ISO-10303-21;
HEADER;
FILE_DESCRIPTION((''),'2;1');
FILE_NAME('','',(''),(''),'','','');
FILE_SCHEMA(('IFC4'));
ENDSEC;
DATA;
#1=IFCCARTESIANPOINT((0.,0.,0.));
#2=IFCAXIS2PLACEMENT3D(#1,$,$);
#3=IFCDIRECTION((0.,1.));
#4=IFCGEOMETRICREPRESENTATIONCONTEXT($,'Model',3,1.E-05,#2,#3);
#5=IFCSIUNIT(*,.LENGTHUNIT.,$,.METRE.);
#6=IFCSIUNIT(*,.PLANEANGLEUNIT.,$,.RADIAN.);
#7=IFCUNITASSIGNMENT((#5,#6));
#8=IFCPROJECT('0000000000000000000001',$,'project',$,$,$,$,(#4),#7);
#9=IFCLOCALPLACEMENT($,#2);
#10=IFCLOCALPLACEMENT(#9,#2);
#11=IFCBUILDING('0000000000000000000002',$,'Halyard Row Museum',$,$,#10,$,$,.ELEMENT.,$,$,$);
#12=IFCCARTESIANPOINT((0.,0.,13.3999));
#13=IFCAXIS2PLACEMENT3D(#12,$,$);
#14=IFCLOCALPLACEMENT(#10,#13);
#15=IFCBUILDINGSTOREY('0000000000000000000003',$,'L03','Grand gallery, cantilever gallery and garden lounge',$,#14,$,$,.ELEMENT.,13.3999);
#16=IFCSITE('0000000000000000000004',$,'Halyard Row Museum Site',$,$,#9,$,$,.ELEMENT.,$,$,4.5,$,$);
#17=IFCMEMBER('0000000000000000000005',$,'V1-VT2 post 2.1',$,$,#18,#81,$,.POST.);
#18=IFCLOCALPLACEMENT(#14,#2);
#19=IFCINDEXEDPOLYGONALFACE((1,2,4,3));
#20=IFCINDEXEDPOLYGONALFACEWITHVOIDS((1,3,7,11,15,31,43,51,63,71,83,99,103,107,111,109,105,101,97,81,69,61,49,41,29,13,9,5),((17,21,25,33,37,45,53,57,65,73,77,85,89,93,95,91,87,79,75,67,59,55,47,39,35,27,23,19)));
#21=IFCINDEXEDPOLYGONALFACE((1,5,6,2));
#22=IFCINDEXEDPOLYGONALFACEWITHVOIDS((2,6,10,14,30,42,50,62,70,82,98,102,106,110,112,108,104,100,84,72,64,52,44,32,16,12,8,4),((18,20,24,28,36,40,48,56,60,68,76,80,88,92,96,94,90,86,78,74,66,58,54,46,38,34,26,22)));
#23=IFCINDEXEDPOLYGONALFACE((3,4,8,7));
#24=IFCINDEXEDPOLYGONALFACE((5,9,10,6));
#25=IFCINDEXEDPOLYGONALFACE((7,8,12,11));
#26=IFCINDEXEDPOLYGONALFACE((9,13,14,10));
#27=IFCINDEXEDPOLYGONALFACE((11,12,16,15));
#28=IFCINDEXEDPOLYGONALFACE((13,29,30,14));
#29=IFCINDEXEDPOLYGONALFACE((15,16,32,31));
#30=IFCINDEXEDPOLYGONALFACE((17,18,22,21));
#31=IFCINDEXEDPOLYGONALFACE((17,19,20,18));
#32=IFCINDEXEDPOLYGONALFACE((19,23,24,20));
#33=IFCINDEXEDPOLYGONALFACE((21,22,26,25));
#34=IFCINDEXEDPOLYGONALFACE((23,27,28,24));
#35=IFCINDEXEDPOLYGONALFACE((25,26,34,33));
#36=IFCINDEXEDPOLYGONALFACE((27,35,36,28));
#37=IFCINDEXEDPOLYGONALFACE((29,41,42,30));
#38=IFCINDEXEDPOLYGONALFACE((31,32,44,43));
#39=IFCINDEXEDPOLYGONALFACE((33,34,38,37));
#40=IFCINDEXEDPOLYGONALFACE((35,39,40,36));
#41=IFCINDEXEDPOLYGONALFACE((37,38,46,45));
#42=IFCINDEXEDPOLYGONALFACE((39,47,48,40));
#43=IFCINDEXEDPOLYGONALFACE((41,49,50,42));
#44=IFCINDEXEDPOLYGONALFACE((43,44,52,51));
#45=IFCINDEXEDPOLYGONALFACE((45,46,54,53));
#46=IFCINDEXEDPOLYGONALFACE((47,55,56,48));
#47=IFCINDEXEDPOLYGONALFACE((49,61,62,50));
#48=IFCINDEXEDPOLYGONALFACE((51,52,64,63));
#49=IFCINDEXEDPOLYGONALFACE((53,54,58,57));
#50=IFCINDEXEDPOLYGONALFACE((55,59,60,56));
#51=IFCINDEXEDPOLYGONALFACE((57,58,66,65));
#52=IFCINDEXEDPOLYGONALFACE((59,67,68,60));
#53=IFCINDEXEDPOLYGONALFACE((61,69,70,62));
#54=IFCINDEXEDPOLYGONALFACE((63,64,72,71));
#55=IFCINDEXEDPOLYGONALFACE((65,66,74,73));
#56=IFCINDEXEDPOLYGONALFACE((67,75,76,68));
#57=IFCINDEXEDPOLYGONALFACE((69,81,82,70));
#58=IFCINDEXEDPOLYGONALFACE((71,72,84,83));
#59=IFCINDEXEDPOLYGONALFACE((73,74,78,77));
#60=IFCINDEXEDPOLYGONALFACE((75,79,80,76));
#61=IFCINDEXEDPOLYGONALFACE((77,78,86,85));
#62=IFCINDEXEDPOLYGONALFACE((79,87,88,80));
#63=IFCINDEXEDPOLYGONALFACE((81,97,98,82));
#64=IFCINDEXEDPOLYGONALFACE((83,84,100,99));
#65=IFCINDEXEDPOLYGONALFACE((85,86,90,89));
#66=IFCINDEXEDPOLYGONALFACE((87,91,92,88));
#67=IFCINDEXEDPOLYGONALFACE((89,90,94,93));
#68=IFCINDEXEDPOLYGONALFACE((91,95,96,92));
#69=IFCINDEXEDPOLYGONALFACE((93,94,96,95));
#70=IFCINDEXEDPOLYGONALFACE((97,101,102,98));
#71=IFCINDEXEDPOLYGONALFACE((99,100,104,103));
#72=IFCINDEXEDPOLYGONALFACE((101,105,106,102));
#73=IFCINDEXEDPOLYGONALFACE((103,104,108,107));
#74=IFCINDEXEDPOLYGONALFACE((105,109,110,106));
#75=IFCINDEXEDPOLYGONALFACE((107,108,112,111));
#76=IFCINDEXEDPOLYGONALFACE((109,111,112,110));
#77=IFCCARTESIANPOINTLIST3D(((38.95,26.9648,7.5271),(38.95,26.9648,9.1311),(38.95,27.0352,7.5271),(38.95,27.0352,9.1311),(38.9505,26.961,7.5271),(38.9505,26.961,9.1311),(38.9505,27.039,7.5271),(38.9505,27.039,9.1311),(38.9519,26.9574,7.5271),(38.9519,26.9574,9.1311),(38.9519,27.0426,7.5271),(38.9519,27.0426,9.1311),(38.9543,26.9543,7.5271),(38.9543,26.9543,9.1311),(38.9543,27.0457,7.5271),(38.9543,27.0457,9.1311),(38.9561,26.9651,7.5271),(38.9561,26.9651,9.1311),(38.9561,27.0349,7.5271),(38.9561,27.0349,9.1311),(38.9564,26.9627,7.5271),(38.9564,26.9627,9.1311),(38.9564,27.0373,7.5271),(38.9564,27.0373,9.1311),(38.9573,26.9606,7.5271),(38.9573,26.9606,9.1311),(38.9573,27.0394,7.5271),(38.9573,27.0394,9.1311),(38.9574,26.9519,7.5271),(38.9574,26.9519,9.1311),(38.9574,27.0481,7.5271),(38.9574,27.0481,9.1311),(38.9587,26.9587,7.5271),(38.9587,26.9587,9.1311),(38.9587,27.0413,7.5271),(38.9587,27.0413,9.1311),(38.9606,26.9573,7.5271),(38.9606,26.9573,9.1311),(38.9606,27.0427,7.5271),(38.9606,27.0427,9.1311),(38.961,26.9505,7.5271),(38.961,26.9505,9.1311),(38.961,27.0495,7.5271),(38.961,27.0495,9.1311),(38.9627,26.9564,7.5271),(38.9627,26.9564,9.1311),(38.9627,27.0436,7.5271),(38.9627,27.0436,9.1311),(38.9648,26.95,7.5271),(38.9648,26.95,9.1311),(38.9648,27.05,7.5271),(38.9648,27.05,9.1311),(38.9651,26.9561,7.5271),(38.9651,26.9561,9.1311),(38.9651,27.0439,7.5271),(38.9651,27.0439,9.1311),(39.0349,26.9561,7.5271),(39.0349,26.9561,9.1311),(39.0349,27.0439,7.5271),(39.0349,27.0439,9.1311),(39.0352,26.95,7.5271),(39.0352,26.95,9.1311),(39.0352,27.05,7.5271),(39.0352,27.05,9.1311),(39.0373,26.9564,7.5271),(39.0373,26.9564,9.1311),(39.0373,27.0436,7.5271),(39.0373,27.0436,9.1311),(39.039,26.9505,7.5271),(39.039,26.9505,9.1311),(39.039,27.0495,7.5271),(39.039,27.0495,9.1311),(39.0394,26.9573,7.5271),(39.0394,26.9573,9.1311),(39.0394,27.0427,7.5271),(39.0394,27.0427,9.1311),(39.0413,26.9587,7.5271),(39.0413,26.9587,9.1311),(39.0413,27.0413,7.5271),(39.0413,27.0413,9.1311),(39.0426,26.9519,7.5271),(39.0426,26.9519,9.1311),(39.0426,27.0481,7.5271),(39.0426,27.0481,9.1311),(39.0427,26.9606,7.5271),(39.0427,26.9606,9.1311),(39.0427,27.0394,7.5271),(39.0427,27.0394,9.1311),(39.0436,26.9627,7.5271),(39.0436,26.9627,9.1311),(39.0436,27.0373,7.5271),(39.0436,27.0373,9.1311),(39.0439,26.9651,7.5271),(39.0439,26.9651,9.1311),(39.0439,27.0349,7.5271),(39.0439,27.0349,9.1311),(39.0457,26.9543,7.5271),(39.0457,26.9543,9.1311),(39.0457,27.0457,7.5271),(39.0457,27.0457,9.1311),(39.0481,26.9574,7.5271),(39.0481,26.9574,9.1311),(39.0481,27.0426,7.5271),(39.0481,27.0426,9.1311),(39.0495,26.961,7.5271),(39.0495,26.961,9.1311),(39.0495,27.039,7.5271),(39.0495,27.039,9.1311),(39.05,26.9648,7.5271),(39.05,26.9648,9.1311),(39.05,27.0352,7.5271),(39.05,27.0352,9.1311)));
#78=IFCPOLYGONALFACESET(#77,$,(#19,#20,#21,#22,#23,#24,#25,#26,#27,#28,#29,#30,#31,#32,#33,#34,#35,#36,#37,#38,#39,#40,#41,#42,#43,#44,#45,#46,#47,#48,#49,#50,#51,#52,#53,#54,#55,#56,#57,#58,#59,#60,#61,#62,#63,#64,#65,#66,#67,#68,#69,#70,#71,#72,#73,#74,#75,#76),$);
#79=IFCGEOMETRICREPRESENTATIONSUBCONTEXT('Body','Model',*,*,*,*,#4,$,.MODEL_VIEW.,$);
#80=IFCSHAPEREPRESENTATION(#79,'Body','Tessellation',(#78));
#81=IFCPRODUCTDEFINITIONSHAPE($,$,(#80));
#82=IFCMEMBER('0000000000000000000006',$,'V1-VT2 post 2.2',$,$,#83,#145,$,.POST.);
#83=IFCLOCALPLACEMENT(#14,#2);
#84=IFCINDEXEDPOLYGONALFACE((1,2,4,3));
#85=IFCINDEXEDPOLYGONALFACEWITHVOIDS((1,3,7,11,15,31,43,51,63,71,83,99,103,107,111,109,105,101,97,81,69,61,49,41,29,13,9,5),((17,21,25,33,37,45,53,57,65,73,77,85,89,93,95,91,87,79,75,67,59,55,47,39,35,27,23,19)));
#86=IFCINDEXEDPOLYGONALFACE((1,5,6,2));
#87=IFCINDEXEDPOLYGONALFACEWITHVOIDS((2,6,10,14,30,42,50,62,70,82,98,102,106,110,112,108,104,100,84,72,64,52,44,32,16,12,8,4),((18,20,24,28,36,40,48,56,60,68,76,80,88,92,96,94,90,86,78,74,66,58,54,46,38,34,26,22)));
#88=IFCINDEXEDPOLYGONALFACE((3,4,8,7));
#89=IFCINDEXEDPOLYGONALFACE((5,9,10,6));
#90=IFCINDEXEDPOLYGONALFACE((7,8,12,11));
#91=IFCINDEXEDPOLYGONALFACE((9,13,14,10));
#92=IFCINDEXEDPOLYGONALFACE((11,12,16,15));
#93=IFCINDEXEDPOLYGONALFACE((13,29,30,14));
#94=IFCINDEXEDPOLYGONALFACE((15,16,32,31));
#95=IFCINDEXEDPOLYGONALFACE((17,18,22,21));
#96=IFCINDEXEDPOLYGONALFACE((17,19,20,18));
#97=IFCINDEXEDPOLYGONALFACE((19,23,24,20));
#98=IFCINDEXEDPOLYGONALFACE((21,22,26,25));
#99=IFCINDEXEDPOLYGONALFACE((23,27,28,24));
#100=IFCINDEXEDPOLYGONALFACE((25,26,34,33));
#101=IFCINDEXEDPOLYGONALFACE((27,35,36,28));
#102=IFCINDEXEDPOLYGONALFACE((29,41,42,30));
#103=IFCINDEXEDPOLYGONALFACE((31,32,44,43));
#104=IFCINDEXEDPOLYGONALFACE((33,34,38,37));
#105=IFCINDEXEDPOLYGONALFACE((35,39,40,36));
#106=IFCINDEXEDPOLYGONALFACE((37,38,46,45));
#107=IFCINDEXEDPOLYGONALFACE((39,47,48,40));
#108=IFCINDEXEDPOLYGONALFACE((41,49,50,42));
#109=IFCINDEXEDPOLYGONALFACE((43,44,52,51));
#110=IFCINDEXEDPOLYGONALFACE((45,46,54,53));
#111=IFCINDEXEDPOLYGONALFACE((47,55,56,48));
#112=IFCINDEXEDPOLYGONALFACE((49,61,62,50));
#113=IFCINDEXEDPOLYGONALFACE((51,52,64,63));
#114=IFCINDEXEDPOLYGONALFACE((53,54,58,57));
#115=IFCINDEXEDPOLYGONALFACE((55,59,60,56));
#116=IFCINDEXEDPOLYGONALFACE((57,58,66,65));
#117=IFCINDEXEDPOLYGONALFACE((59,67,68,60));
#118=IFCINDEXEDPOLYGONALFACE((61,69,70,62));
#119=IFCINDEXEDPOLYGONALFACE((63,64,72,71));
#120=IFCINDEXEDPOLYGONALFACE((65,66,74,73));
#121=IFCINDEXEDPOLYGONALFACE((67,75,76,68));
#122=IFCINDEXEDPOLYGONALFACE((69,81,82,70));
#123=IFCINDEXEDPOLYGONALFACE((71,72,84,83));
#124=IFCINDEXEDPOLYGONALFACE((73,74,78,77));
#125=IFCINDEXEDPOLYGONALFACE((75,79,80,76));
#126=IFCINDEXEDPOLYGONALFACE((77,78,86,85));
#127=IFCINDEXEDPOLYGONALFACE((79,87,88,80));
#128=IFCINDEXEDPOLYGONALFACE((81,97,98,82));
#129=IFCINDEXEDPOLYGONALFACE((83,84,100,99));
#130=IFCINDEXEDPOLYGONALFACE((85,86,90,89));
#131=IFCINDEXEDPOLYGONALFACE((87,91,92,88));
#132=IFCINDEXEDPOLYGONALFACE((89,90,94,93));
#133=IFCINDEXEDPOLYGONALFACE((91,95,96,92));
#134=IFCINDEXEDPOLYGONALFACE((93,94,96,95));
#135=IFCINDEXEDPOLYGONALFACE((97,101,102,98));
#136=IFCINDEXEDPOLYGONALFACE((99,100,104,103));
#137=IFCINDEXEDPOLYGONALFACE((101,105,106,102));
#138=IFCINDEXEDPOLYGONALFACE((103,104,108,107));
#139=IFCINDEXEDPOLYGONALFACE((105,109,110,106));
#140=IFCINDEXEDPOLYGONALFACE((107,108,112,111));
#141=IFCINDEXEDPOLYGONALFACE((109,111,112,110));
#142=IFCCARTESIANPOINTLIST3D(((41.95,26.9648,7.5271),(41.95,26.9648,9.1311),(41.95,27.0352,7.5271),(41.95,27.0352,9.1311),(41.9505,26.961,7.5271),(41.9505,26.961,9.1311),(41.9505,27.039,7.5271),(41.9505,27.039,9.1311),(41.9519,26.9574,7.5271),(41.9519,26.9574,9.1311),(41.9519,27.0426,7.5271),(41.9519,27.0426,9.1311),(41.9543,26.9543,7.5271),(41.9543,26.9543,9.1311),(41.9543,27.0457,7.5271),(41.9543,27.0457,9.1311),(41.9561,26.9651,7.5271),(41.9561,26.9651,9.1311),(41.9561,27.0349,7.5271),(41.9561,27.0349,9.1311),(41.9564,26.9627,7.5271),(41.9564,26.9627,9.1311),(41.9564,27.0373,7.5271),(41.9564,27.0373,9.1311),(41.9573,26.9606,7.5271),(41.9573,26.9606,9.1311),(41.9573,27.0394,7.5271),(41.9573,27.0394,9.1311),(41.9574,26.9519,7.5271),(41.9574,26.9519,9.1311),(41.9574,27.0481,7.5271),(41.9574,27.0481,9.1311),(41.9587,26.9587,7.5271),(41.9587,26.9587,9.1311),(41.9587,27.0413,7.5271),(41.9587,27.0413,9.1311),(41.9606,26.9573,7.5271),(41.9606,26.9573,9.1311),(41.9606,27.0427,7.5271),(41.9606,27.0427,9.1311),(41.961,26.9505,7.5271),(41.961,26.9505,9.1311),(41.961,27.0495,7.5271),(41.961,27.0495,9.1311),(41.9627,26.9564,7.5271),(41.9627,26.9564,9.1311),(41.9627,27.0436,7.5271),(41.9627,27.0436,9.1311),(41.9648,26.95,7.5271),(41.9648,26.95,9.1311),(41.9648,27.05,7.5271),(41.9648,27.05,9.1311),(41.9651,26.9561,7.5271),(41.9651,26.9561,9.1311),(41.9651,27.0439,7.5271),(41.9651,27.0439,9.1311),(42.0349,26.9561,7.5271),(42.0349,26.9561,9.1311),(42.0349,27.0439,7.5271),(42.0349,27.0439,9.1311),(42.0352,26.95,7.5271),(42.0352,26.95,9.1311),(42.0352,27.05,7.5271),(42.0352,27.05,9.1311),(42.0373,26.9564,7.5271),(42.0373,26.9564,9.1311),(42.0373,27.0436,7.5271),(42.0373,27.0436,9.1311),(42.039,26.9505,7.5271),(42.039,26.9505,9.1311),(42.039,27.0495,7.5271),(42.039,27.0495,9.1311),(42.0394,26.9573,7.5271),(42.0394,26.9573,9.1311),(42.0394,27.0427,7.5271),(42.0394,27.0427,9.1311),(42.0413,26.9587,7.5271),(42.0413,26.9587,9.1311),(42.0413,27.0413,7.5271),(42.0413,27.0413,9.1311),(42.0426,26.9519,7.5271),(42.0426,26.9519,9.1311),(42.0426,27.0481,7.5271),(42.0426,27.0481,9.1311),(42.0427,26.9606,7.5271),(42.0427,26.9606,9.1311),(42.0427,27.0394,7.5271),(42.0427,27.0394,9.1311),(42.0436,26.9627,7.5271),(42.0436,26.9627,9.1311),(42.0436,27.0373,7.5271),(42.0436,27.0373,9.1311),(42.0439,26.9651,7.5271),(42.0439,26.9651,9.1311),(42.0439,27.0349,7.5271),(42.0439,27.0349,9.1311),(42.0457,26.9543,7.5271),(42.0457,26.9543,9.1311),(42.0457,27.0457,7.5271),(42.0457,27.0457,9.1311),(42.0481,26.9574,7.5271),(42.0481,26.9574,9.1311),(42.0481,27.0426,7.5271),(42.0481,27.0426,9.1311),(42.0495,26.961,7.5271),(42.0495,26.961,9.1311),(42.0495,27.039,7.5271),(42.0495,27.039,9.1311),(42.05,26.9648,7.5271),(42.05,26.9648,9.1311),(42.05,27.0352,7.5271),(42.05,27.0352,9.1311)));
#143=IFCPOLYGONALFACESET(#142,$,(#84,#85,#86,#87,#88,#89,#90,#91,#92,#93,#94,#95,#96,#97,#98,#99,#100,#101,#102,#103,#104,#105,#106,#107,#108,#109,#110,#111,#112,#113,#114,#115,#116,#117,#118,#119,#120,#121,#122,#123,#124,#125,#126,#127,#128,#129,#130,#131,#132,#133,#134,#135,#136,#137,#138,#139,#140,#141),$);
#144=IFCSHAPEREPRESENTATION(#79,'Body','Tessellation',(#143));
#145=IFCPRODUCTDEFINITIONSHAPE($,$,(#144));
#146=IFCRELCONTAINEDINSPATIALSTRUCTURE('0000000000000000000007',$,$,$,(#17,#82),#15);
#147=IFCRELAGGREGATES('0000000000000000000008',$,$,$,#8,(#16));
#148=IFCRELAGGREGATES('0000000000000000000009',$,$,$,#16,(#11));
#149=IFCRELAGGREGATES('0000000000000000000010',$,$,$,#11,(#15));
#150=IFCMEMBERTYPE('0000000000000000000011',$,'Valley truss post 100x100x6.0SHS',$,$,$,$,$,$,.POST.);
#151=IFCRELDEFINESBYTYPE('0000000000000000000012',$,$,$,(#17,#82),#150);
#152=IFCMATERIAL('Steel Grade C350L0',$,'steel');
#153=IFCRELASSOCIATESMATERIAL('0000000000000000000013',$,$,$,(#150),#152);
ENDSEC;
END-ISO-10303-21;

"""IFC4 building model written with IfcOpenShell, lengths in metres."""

from ifc_helpers import new_model, si_unit, direction, frame, origin, origin_2d, place, context, subcontext, project, spatial, hollow_rectangle, extrude, material, material_profile, profile_set, type_object, element, save


model = new_model("IFC4")

# Units and contexts
model_context = context("Model", 3, precision=1e-05, world=origin(), true_north=direction((0.0, 1.0)))
body_context = subcontext(model_context, "Body", "Model", "MODEL_VIEW")
ifc_project = project(units=[si_unit("LENGTHUNIT", "METRE"), si_unit("PLANEANGLEUNIT", "RADIAN")], contexts=[model_context])

# Site, building, storey
site_placement = place(None, origin())
site = spatial("IfcSite", under=ifc_project, at=site_placement, Name="Halyard Row Museum Site", CompositionType="ELEMENT", RefElevation=4.5)
building_placement = place(site_placement, origin())
building = spatial("IfcBuilding", under=site, at=building_placement, Name="Halyard Row Museum", CompositionType="ELEMENT")
storey_placement = place(building_placement, frame((0.0, 0.0, 13.3999)))
storey = spatial("IfcBuildingStorey", under=building, at=storey_placement, Name="L03", Description="Grand gallery, cantilever gallery and garden lounge", CompositionType="ELEMENT", Elevation=13.3999)

# Members
ifc_material_1 = material(Name="Steel Grade C350L0", Category="steel")
ifc_material_profile_1 = material_profile(ifc_material_1, hollow_rectangle(XDim=0.1001, YDim=0.1001, WallThickness=0.0061, InnerFilletRadius=0.009, OuterFilletRadius=0.0149, at=origin_2d()), Name="100x100x6.0SHS")
ifc_profile_set_1 = profile_set([ifc_material_profile_1], Name="Steel Grade C350L0")
member_type_1 = type_object("IfcMemberType", Name="Valley truss post 100x100x6.0SHS", PredefinedType="POST", material=ifc_profile_set_1)
for number, where, z_axis, x_axis, name in (
    (1, (39.0, 27.0, 7.5271), (0.0, 0.0, 1.0), (1.0, 0.0, 0.0), "V1-VT2 post 2.1"),
    (2, (42.0, 27.0, 7.5271), (0.0, 0.0, 1.0), (1.0, 0.0, 0.0), "V1-VT2 post 2.2"),
):
    element("IfcMember", number, at=place(storey_placement, frame(where, z_axis=z_axis, x_axis=x_axis)), inside=storey, type_object=member_type_1, Name=name, PredefinedType="POST", context=body_context, shape_type="SweptSolid", body=[
        extrude(hollow_rectangle(XDim=0.1001, YDim=0.1001, WallThickness=0.0061, InnerFilletRadius=0.009, OuterFilletRadius=0.0149, at=origin_2d()), origin(), (0.0, 0.0, 1.0), 1.604),
    ])

save(model, "model.ifc")
